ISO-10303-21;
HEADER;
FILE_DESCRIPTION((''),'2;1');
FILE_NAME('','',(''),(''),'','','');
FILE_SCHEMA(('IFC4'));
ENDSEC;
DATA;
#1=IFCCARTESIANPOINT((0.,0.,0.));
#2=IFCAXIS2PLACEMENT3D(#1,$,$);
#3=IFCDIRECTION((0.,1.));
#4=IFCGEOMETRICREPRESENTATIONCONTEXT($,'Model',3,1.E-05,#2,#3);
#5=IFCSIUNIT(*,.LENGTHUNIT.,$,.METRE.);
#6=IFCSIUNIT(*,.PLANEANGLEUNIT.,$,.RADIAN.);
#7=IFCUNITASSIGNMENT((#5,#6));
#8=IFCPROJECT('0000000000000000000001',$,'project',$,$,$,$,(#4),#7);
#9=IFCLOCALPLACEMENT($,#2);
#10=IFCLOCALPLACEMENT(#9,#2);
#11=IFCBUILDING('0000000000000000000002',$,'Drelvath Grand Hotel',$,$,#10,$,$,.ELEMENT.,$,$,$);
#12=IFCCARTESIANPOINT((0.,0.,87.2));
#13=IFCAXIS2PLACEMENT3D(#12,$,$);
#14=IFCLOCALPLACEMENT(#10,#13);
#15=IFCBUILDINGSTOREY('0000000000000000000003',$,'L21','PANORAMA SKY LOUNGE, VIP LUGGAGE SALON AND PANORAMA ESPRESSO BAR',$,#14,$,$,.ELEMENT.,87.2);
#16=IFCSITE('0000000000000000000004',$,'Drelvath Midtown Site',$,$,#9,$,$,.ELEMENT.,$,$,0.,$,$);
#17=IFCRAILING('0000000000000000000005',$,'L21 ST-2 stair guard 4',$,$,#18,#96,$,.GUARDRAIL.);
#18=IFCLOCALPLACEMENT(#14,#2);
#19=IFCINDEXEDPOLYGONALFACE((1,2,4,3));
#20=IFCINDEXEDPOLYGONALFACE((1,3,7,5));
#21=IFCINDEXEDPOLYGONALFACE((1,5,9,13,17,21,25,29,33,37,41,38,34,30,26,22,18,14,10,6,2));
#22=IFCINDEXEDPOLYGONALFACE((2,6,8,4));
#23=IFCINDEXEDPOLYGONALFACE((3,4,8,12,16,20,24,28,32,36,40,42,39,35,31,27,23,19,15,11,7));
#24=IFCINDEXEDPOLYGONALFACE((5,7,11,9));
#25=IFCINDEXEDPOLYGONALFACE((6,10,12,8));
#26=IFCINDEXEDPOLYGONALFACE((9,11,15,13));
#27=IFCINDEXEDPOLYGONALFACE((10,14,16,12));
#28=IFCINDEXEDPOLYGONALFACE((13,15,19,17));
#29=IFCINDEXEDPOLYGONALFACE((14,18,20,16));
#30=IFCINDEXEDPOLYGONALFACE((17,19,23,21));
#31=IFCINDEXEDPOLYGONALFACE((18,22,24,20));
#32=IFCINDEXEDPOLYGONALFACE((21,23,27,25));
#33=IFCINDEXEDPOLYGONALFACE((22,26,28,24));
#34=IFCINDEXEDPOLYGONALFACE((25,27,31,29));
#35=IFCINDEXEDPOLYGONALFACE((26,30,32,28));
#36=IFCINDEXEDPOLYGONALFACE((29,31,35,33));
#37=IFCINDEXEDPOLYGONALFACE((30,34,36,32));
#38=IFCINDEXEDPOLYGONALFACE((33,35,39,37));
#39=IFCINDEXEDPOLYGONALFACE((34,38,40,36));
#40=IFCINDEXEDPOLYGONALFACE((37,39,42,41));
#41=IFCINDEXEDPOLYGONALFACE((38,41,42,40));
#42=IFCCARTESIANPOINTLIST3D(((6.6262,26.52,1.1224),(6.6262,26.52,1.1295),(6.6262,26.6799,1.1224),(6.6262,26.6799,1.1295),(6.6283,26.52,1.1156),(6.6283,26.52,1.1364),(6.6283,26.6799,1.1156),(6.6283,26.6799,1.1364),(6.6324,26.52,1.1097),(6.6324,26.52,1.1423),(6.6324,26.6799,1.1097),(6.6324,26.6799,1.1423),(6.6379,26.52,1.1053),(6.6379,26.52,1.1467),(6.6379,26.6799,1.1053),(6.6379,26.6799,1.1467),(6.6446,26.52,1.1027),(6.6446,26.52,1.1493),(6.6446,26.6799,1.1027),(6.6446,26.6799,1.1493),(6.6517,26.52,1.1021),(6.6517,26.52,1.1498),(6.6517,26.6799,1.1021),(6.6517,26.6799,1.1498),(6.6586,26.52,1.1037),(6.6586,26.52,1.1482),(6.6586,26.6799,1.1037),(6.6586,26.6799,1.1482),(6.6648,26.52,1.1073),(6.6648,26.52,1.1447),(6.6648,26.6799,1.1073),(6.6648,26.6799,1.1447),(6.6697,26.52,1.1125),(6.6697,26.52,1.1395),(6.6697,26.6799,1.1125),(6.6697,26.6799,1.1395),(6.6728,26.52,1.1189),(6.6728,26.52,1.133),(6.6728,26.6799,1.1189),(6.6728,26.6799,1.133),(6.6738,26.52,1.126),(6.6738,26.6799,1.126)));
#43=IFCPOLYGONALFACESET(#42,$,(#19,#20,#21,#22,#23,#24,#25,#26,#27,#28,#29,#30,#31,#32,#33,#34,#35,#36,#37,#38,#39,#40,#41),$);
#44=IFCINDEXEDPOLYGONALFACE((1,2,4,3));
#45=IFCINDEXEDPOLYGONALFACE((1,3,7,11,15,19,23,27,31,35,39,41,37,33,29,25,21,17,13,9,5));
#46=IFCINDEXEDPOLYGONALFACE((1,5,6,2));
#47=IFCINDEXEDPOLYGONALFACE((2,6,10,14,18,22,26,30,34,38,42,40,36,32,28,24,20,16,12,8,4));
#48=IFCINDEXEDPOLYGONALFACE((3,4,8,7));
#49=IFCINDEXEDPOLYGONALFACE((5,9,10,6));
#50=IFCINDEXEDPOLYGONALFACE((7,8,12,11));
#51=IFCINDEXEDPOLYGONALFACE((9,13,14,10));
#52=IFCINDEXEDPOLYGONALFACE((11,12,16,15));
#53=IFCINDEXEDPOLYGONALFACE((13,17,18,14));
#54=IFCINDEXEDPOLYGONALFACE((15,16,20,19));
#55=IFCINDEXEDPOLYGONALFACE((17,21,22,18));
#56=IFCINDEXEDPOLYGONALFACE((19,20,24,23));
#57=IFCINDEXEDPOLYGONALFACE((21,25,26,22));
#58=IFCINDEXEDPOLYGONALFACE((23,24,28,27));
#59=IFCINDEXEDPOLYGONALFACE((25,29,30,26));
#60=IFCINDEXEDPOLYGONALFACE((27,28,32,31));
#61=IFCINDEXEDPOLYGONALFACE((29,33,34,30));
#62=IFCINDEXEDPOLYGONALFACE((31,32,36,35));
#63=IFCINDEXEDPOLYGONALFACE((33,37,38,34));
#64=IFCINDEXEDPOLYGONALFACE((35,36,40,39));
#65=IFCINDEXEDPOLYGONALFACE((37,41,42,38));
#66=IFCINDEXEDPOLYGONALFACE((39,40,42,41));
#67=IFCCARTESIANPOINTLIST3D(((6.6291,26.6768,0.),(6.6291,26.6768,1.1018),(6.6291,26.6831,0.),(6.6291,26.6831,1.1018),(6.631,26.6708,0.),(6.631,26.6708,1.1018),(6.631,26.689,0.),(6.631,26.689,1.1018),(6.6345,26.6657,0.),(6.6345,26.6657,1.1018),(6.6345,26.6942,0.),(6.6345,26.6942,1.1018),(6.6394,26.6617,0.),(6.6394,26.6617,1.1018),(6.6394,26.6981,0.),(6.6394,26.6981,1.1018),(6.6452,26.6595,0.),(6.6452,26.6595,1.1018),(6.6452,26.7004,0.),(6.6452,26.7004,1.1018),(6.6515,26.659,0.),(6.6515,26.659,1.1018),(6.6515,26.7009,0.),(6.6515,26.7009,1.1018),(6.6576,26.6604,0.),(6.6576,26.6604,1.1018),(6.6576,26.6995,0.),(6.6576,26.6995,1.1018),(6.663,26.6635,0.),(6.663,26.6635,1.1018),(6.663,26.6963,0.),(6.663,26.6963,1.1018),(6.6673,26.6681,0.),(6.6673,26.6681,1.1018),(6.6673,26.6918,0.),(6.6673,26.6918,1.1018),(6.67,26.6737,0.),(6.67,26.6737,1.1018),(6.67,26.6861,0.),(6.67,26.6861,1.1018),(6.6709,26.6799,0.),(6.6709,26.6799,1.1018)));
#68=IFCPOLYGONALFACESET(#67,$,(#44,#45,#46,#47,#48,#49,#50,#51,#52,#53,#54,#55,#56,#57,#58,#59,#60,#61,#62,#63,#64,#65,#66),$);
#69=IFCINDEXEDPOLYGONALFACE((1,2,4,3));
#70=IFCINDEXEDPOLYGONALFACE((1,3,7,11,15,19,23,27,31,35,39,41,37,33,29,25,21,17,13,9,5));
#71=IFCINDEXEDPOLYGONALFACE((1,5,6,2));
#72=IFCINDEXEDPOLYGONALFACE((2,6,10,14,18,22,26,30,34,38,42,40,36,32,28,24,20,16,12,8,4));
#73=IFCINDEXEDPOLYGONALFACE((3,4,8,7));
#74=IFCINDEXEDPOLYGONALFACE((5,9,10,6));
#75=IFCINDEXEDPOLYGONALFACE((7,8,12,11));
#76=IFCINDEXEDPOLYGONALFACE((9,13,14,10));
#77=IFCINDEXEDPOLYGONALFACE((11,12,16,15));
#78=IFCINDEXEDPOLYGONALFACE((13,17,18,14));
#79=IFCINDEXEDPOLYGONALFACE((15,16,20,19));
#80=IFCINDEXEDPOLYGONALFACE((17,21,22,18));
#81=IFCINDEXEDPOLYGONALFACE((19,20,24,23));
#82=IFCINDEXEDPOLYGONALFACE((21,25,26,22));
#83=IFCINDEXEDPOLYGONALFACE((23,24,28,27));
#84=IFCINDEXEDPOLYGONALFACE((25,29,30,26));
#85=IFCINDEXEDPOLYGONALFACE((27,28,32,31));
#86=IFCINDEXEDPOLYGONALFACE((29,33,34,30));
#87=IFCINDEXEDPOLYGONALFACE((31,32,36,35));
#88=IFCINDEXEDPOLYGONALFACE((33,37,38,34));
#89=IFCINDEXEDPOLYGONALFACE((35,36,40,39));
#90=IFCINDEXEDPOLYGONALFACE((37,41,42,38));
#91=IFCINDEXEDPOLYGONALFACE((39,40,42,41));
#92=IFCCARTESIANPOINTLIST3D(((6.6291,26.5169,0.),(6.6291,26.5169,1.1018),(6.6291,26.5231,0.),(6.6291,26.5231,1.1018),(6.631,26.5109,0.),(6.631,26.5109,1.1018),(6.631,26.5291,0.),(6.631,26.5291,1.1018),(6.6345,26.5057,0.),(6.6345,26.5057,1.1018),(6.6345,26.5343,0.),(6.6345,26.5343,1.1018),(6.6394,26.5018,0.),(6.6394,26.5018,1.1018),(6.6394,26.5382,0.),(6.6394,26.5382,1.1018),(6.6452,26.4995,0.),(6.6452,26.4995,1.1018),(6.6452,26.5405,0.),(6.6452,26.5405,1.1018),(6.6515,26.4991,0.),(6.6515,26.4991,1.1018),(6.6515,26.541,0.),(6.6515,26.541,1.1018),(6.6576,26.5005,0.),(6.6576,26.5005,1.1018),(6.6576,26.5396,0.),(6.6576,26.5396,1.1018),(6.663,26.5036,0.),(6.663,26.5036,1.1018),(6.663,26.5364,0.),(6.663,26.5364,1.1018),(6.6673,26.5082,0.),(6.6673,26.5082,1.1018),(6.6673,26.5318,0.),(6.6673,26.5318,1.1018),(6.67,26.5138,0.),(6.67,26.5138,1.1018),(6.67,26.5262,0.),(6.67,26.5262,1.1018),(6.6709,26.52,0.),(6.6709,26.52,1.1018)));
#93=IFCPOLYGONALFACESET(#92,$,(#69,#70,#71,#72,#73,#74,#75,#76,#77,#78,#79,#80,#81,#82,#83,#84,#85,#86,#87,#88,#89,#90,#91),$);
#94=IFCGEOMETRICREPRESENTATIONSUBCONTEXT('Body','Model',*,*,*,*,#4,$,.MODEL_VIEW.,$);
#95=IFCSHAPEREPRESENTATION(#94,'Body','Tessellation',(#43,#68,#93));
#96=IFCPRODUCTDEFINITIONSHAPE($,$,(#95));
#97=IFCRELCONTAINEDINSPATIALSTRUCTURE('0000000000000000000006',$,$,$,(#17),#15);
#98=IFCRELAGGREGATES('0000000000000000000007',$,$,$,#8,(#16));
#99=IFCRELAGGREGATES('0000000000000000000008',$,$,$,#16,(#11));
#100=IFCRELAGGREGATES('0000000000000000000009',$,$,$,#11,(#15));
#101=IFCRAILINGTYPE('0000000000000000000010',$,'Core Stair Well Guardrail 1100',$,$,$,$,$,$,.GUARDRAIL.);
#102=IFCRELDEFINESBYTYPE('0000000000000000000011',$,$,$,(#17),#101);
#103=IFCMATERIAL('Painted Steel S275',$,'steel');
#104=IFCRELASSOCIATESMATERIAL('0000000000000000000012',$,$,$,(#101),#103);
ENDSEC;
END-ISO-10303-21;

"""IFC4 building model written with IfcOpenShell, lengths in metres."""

from ifc_helpers import new_model, si_unit, direction, frame, origin, origin_2d, place, context, subcontext, project, spatial, circle, extrude, material, type_object, element, save


model = new_model("IFC4")

# Units and contexts
model_context = context("Model", 3, precision=1e-05, world=origin(), true_north=direction((0.0, 1.0)))
body_context = subcontext(model_context, "Body", "Model", "MODEL_VIEW")
ifc_project = project(units=[si_unit("LENGTHUNIT", "METRE"), si_unit("PLANEANGLEUNIT", "RADIAN")], contexts=[model_context])

# Site, building, storey
site_placement = place(None, origin())
site = spatial("IfcSite", under=ifc_project, at=site_placement, Name="Drelvath Midtown Site", CompositionType="ELEMENT", RefElevation=0.0)
building_placement = place(site_placement, origin())
building = spatial("IfcBuilding", under=site, at=building_placement, Name="Drelvath Grand Hotel", CompositionType="ELEMENT")
storey_placement = place(building_placement, frame((0.0, 0.0, 87.2)))
storey = spatial("IfcBuildingStorey", under=building, at=storey_placement, Name="L21", Description="PANORAMA SKY LOUNGE, VIP LUGGAGE SALON AND PANORAMA ESPRESSO BAR", CompositionType="ELEMENT", Elevation=87.2)

# Railing
ifc_material_1 = material(Name="Painted Steel S275", Category="steel")
railing_type_1 = type_object("IfcRailingType", Name="Core Stair Well Guardrail 1100", PredefinedType="GUARDRAIL", material=ifc_material_1)
railing_1_placement = place(storey_placement, frame((6.6499, 26.6799, 0.0)))
element("IfcRailing", 1, at=railing_1_placement, inside=storey, type_object=railing_type_1, Name="L21 ST-2 stair guard 4", PredefinedType="GUARDRAIL", context=body_context, shape_type="SweptSolid", body=[
    extrude(circle(Radius=0.0239, at=origin_2d()), frame((0.0, 0.0, 1.126), z_axis=(0.0, -1.0, 0.0), x_axis=(1.0, 0.0, 0.0)), (0.0, 0.0, 1.0), 0.1599),
    extrude(circle(Radius=0.021, at=origin_2d()), origin(), (0.0, 0.0, 1.0), 1.1018),
    extrude(circle(Radius=0.021, at=origin_2d()), frame((0.0, -0.1599, 0.0)), (0.0, 0.0, 1.0), 1.1018),
])

save(model, "model.ifc")
